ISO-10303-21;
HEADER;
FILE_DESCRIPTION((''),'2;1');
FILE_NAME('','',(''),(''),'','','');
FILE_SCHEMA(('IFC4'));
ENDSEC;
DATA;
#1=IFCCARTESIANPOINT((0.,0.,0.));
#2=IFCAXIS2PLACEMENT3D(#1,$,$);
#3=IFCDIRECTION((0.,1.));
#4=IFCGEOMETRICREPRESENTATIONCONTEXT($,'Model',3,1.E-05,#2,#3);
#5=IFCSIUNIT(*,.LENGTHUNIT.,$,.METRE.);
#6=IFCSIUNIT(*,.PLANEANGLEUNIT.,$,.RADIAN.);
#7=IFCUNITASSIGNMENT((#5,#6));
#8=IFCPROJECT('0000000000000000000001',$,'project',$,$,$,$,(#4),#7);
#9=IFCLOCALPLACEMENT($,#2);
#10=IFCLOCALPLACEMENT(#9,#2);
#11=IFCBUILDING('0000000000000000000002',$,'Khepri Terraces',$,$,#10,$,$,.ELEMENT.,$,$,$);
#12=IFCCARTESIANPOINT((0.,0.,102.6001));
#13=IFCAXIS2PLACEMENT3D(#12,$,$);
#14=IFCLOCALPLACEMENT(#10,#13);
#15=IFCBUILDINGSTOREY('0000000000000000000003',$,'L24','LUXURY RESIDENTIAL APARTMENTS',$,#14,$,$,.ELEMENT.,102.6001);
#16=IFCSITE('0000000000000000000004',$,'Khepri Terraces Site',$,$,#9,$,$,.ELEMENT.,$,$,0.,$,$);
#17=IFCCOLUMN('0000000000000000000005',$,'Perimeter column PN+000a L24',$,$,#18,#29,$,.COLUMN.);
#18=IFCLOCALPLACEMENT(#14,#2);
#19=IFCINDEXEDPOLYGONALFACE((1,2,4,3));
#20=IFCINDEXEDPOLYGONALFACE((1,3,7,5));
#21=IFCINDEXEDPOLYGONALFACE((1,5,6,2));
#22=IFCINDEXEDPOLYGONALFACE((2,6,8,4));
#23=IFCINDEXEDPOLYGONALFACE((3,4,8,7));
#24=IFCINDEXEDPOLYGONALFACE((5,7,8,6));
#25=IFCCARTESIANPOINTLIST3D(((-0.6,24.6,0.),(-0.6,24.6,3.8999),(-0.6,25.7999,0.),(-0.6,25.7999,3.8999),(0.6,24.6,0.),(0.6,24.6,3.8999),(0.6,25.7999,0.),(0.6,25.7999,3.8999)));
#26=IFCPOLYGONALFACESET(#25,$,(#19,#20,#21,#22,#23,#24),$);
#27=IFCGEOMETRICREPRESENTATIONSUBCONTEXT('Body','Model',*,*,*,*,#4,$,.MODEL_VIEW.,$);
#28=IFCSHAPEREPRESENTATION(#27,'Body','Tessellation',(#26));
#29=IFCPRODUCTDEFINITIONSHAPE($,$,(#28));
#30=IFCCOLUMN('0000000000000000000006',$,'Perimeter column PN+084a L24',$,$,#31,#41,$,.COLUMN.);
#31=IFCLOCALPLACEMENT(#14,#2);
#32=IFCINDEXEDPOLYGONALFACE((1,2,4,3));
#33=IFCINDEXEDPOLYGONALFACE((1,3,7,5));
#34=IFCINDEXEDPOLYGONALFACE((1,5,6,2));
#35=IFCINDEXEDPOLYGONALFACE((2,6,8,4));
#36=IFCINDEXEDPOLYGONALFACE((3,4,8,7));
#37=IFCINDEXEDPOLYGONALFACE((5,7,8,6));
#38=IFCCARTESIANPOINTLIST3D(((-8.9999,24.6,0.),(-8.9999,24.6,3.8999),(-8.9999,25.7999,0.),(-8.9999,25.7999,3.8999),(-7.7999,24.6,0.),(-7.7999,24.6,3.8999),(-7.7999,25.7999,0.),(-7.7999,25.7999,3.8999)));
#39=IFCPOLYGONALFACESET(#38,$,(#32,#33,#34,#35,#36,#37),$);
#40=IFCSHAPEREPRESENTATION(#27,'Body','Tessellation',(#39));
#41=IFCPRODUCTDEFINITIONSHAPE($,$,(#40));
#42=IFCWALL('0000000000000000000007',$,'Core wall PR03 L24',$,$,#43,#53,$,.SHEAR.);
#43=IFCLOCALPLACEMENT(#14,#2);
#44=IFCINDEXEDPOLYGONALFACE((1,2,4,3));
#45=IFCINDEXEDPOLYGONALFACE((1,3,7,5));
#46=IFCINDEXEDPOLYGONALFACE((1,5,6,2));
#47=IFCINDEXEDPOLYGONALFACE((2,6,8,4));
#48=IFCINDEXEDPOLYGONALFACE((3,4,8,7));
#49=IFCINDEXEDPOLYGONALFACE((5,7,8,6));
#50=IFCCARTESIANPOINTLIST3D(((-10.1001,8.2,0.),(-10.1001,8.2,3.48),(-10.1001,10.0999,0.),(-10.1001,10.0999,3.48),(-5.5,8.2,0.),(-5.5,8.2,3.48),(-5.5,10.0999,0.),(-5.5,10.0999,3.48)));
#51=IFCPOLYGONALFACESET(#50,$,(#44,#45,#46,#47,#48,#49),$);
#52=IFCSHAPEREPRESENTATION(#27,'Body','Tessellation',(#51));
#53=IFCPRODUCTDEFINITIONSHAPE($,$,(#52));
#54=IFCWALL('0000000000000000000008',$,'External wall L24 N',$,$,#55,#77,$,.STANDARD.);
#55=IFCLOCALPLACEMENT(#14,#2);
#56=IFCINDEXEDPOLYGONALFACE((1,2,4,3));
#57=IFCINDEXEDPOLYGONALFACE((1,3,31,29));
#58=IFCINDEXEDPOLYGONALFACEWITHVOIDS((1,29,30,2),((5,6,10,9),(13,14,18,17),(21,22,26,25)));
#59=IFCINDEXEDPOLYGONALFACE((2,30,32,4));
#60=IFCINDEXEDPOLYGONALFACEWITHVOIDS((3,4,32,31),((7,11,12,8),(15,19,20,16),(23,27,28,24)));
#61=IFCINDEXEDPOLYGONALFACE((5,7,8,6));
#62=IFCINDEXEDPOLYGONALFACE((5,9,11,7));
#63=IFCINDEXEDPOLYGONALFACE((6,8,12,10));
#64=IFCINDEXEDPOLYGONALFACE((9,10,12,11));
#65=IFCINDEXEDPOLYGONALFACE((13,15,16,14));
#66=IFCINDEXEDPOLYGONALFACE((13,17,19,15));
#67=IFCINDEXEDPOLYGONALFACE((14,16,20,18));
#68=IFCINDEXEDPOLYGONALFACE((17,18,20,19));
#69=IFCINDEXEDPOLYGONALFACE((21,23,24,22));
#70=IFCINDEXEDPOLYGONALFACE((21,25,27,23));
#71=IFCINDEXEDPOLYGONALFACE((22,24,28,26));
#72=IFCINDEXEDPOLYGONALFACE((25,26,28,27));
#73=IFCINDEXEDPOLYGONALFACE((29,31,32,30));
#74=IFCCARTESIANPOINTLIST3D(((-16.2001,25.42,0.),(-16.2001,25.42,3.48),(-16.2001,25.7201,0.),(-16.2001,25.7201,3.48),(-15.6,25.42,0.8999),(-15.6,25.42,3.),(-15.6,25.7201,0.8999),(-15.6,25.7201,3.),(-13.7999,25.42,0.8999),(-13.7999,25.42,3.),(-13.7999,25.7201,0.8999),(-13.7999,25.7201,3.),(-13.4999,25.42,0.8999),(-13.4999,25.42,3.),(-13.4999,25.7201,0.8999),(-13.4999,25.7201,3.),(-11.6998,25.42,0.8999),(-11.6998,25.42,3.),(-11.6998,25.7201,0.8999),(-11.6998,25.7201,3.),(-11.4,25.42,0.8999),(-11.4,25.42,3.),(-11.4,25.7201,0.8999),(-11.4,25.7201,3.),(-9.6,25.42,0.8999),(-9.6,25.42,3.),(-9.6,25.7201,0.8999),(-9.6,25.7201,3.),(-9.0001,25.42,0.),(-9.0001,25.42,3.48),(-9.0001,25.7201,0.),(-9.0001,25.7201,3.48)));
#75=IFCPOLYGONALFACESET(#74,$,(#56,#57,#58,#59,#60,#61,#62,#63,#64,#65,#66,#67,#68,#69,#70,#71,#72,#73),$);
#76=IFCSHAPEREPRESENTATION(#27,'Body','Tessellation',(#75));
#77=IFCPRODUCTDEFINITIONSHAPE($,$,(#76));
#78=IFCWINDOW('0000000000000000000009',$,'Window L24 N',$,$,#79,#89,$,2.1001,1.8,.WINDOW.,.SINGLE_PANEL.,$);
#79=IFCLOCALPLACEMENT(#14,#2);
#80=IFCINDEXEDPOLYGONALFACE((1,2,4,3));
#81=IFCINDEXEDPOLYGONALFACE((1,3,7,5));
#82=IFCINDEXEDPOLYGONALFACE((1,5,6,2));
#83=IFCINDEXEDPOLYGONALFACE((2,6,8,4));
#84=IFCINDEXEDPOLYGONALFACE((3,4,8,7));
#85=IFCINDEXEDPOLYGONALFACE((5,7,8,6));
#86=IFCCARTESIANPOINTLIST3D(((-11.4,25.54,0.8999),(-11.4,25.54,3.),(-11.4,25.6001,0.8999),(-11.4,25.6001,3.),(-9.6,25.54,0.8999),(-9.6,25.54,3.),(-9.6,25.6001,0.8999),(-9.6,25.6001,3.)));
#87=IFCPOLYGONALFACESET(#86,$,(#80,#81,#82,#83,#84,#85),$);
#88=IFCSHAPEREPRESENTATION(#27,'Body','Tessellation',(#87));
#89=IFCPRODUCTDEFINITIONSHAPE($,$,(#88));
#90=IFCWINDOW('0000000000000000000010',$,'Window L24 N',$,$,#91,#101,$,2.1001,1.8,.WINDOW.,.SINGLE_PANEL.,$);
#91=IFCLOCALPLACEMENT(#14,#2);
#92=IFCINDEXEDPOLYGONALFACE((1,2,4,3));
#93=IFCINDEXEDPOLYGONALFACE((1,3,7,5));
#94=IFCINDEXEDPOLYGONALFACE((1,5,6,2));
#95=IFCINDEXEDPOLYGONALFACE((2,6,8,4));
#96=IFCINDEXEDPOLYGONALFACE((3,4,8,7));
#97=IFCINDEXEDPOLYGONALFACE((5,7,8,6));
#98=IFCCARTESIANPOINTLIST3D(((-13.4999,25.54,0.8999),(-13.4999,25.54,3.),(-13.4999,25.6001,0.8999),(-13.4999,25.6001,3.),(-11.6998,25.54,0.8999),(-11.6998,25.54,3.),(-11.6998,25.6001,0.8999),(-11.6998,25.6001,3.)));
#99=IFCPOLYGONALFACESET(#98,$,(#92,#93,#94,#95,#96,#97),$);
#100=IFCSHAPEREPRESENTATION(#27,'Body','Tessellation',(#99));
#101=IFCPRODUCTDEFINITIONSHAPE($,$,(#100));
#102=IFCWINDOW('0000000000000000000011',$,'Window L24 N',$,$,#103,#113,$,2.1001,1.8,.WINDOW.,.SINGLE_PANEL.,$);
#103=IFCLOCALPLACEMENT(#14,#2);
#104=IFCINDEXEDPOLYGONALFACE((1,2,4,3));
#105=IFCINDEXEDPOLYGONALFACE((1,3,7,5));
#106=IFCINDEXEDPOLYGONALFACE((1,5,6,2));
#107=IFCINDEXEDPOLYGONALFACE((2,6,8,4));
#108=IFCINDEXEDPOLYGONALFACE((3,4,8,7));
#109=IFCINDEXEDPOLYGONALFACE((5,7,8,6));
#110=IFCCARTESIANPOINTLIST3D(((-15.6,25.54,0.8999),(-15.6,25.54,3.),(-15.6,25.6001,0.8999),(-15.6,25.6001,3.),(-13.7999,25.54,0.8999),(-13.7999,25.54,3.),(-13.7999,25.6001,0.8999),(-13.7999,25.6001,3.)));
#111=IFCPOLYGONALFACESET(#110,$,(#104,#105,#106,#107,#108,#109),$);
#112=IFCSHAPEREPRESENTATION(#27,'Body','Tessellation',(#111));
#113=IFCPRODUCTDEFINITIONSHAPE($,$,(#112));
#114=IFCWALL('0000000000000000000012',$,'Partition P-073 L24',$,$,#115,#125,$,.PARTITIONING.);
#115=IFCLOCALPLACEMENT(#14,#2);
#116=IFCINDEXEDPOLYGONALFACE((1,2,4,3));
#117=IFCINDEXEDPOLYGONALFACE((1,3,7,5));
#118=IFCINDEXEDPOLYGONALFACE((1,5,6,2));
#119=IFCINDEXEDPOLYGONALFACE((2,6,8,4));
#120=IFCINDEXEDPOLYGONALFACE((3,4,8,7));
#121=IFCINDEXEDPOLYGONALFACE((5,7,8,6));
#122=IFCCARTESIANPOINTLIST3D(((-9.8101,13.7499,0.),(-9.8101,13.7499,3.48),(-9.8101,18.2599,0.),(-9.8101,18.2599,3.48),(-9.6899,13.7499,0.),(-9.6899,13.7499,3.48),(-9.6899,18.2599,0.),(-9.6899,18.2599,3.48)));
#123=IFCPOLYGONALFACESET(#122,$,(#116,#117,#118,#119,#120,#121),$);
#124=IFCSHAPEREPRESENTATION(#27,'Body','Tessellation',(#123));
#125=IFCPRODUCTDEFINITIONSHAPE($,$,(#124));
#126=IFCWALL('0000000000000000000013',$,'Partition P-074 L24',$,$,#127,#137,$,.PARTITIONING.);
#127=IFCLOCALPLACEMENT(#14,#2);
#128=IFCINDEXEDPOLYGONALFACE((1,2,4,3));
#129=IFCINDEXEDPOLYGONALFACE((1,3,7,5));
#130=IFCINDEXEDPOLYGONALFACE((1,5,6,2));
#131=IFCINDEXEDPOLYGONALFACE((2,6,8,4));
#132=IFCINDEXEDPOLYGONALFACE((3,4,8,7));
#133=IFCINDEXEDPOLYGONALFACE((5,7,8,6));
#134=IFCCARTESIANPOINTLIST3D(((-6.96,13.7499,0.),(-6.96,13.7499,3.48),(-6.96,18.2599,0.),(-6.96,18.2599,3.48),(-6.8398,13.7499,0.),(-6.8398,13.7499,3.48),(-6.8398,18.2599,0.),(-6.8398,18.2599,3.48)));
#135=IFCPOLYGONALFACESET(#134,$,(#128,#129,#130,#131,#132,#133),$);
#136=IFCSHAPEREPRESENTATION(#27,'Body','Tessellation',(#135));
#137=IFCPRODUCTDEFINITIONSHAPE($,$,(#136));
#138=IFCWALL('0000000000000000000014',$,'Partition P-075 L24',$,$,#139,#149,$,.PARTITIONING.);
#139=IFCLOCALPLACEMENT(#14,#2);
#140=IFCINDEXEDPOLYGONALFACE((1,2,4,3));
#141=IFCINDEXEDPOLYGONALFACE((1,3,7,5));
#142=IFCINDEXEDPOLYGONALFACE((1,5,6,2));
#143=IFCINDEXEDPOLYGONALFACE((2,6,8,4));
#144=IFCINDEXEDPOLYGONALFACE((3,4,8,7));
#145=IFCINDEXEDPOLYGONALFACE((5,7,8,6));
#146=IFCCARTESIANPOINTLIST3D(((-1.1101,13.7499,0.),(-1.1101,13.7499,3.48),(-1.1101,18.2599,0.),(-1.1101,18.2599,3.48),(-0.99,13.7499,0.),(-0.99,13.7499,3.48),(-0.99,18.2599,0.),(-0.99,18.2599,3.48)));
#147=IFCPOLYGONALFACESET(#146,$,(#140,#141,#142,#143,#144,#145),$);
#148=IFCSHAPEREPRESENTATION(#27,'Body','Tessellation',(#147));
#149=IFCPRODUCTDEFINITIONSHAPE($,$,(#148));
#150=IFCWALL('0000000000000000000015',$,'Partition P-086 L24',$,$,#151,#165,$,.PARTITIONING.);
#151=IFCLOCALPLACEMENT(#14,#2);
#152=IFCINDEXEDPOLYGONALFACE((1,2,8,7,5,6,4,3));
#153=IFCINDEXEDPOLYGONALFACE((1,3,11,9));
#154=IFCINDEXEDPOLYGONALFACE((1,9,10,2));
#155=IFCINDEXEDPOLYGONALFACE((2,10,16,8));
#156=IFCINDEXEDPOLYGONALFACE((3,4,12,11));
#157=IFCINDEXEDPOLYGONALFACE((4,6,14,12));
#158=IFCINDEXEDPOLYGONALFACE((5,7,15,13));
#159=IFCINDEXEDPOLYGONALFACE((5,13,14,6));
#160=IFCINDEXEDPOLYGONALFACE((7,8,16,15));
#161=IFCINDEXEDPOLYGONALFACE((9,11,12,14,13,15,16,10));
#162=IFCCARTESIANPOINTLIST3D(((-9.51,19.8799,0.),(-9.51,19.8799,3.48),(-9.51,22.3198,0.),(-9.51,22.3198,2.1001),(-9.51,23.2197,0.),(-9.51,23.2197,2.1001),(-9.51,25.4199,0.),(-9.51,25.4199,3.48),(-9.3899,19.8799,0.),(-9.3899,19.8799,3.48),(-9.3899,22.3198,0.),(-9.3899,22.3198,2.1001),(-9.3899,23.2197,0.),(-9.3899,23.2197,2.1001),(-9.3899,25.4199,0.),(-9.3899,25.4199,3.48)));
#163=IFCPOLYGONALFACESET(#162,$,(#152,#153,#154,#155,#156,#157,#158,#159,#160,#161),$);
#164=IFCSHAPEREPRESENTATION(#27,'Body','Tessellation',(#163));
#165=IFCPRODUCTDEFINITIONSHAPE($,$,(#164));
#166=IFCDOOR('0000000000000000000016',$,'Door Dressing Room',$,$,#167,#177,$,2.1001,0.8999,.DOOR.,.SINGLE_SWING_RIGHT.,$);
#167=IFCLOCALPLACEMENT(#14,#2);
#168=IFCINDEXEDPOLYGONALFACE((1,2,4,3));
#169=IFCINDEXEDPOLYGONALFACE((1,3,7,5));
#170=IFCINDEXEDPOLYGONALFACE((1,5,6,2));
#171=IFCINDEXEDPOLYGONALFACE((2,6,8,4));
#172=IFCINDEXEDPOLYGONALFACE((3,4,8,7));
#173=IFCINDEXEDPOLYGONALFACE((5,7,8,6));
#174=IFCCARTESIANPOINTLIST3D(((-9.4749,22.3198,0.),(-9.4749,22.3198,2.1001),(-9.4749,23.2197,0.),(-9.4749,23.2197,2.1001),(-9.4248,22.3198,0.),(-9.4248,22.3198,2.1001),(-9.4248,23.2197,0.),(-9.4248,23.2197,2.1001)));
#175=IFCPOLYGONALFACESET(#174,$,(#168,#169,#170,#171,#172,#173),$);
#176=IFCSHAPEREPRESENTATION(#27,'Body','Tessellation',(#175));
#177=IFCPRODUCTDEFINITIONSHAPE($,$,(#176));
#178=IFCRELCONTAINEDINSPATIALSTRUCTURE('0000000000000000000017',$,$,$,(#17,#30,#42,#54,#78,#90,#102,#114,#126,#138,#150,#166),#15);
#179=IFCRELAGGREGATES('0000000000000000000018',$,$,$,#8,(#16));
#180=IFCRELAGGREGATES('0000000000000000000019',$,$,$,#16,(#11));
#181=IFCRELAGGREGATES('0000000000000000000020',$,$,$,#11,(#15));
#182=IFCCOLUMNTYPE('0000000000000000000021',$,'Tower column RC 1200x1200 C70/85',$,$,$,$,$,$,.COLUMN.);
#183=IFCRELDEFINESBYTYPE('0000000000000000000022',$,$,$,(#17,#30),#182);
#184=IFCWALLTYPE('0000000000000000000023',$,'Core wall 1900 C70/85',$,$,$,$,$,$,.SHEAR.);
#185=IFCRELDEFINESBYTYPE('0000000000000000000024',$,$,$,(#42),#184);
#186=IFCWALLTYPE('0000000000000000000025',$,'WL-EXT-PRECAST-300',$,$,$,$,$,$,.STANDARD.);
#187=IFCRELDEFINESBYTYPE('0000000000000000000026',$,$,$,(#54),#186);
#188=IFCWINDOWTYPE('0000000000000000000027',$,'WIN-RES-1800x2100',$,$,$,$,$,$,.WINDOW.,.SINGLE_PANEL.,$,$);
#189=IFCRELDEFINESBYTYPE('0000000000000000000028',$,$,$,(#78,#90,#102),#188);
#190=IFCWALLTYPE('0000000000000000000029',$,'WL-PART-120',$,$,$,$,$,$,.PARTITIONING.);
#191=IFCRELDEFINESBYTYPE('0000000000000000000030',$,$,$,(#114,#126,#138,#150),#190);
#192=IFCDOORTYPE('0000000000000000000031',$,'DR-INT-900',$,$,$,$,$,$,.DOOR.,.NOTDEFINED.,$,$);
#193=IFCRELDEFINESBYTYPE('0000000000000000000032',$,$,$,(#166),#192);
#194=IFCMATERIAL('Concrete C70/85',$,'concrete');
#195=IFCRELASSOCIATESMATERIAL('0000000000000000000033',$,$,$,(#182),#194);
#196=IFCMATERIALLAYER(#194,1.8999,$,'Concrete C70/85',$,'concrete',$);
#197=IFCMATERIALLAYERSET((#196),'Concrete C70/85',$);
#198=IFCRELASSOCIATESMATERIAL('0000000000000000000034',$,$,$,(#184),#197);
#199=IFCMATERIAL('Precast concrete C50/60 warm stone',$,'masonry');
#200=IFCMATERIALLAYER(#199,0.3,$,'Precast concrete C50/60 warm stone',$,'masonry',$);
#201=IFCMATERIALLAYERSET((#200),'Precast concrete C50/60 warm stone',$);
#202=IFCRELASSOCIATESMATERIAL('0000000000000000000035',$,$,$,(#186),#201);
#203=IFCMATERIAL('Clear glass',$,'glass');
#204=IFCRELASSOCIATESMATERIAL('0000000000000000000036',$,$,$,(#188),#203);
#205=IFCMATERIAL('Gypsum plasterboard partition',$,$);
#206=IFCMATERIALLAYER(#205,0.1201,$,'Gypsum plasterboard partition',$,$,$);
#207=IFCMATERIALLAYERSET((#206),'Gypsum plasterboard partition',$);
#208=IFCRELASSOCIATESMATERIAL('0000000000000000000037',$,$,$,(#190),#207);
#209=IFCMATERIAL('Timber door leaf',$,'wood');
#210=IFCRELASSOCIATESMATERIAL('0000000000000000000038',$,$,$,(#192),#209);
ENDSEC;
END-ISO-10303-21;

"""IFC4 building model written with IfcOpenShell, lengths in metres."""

from ifc_helpers import new_model, si_unit, direction, frame, frame_2d, origin, origin_2d, place, context, subcontext, project, spatial, rectangle, extrude, material, layer, layer_set, material_profile, profile_set, type_object, element, fill, save


model = new_model("IFC4")

# Units and contexts
model_context = context("Model", 3, precision=1e-05, world=origin(), true_north=direction((0.0, 1.0)))
body_context = subcontext(model_context, "Body", "Model", "MODEL_VIEW")
ifc_project = project(units=[si_unit("LENGTHUNIT", "METRE"), si_unit("PLANEANGLEUNIT", "RADIAN")], contexts=[model_context])

# Site, building, storey
site_placement = place(None, origin())
site = spatial("IfcSite", under=ifc_project, at=site_placement, Name="Khepri Terraces Site", CompositionType="ELEMENT", RefElevation=0.0)
building_placement = place(site_placement, origin())
building = spatial("IfcBuilding", under=site, at=building_placement, Name="Khepri Terraces", CompositionType="ELEMENT")
storey_placement = place(building_placement, frame((0.0, 0.0, 102.6001)))
storey = spatial("IfcBuildingStorey", under=building, at=storey_placement, Name="L24", Description="LUXURY RESIDENTIAL APARTMENTS", CompositionType="ELEMENT", Elevation=102.6001)

# Columns
ifc_material_1 = material(Name="Concrete C70/85", Category="concrete")
ifc_material_profile = material_profile(ifc_material_1, rectangle(XDim=1.2, YDim=1.2, at=origin_2d()), Name="Concrete C70/85", Category="concrete")
ifc_profile_set = profile_set([ifc_material_profile], Name="Concrete C70/85")
column_type = type_object("IfcColumnType", Name="Tower column RC 1200x1200 C70/85", PredefinedType="COLUMN", material=ifc_profile_set)
for number, where, z_axis, x_axis, name in (
    (1, (0.0, 25.2, 0.0), (0.0, 0.0, 1.0), (1.0, 0.0, 0.0), "Perimeter column PN+000a L24"),
    (2, (-8.3999, 25.2, 0.0), (0.0, 0.0, 1.0), (1.0, 0.0, 0.0), "Perimeter column PN+084a L24"),
):
    element("IfcColumn", number, at=place(storey_placement, frame(where, z_axis=z_axis, x_axis=x_axis)), inside=storey, type_object=column_type, Name=name, PredefinedType="COLUMN", context=body_context, shape_type="SweptSolid", body=[
        extrude(rectangle(XDim=1.2, YDim=1.2, at=origin_2d()), origin(), (0.0, 0.0, 1.0), 3.8999),
    ])

# Wall
ifc_layer_1 = layer(ifc_material_1, 1.8999, Name="Concrete C70/85", Category="concrete")
ifc_layer_set_1 = layer_set([ifc_layer_1], Name="Concrete C70/85")
wall_type_1 = type_object("IfcWallType", Name="Core wall 1900 C70/85", PredefinedType="SHEAR", material=ifc_layer_set_1)
wall_1_placement = place(storey_placement, frame((-10.1001, 9.1499, 0.0), z_axis=(0.0, 0.0, 1.0), x_axis=(1.0, 0.0, 0.0)))
element("IfcWall", 3, at=wall_1_placement, inside=storey, type_object=wall_type_1, Name="Core wall PR03 L24", PredefinedType="SHEAR", context=body_context, shape_type="SweptSolid", body=[
    extrude(rectangle(XDim=4.6001, YDim=1.8999, at=frame_2d((2.3, 0.0))), origin(), (0.0, 0.0, 1.0), 3.48),
])

# Shared definitions
ifc_material_2 = material(Name="Precast concrete C50/60 warm stone", Category="masonry")
ifc_layer_2 = layer(ifc_material_2, 0.3, Name="Precast concrete C50/60 warm stone", Category="masonry")
ifc_layer_set_2 = layer_set([ifc_layer_2], Name="Precast concrete C50/60 warm stone")
wall_type_2 = type_object("IfcWallType", Name="WL-EXT-PRECAST-300", PredefinedType="STANDARD", material=ifc_layer_set_2)
ifc_material_3 = material(Name="Clear glass", Category="glass")
window_type = type_object("IfcWindowType", Name="WIN-RES-1800x2100", PartitioningType="SINGLE_PANEL", PredefinedType="WINDOW", material=ifc_material_3)

# Wall, openings, windows
wall_2_placement = place(storey_placement, frame((-9.0, 25.5701, 0.0), z_axis=(0.0, 0.0, 1.0), x_axis=(-1.0, 0.0, 0.0)))
wall_2 = element("IfcWall", 4, at=wall_2_placement, inside=storey, type_object=wall_type_2, Name="External wall L24 N", PredefinedType="STANDARD", context=body_context, shape_type="SweptSolid", body=[
    extrude(rectangle(XDim=7.2, YDim=0.3, at=frame_2d((3.6001, 0.0))), origin(), (0.0, 0.0, 1.0), 3.48),
])
opening_1_placement = place(wall_2_placement, frame((0.6001, 0.0, 0.8999)))
opening_1 = element("IfcOpeningElement", 5, at=opening_1_placement, cuts=wall_2, PredefinedType="OPENING", context=body_context, shape_type="SweptSolid", body=[
    extrude(rectangle(XDim=1.8, YDim=2.1001, at=frame_2d((0.8999, 1.05))), frame((0.0, 0.1602, 0.0), z_axis=(0.0, -1.0, 0.0), x_axis=(1.0, 0.0, 0.0)), (0.0, 0.0, 1.0), 0.3201),
])
opening_2_placement = place(wall_2_placement, frame((2.7, 0.0, 0.8999)))
opening_2 = element("IfcOpeningElement", 6, at=opening_2_placement, cuts=wall_2, PredefinedType="OPENING", context=body_context, shape_type="SweptSolid", body=[
    extrude(rectangle(XDim=1.8, YDim=2.1001, at=frame_2d((0.8999, 1.05))), frame((0.0, 0.1602, 0.0), z_axis=(0.0, -1.0, 0.0), x_axis=(1.0, 0.0, 0.0)), (0.0, 0.0, 1.0), 0.3201),
])
opening_3_placement = place(wall_2_placement, frame((4.8, 0.0, 0.8999)))
opening_3 = element("IfcOpeningElement", 7, at=opening_3_placement, cuts=wall_2, PredefinedType="OPENING", context=body_context, shape_type="SweptSolid", body=[
    extrude(rectangle(XDim=1.8, YDim=2.1001, at=frame_2d((0.8999, 1.05))), frame((0.0, 0.1602, 0.0), z_axis=(0.0, -1.0, 0.0), x_axis=(1.0, 0.0, 0.0)), (0.0, 0.0, 1.0), 0.3201),
])
window_1_placement = place(opening_1_placement, origin())
window_1 = element("IfcWindow", 8, at=window_1_placement, inside=storey, type_object=window_type, Name="Window L24 N", OverallHeight=2.1001, OverallWidth=1.8, PartitioningType="SINGLE_PANEL", PredefinedType="WINDOW", context=body_context, shape_type="SweptSolid", body=[
    extrude(rectangle(XDim=1.8, YDim=2.1001, at=frame_2d((0.8999, 1.05))), frame((0.0, 0.03, 0.0), z_axis=(0.0, -1.0, 0.0), x_axis=(1.0, 0.0, 0.0)), (0.0, 0.0, 1.0), 0.0601),
])
fill(opening_1, window_1)
window_2_placement = place(opening_2_placement, origin())
window_2 = element("IfcWindow", 9, at=window_2_placement, inside=storey, type_object=window_type, Name="Window L24 N", OverallHeight=2.1001, OverallWidth=1.8, PartitioningType="SINGLE_PANEL", PredefinedType="WINDOW", context=body_context, shape_type="SweptSolid", body=[
    extrude(rectangle(XDim=1.8, YDim=2.1001, at=frame_2d((0.8999, 1.05))), frame((0.0, 0.03, 0.0), z_axis=(0.0, -1.0, 0.0), x_axis=(1.0, 0.0, 0.0)), (0.0, 0.0, 1.0), 0.0601),
])
fill(opening_2, window_2)
window_3_placement = place(opening_3_placement, origin())
window_3 = element("IfcWindow", 10, at=window_3_placement, inside=storey, type_object=window_type, Name="Window L24 N", OverallHeight=2.1001, OverallWidth=1.8, PartitioningType="SINGLE_PANEL", PredefinedType="WINDOW", context=body_context, shape_type="SweptSolid", body=[
    extrude(rectangle(XDim=1.8, YDim=2.1001, at=frame_2d((0.8999, 1.05))), frame((0.0, 0.03, 0.0), z_axis=(0.0, -1.0, 0.0), x_axis=(1.0, 0.0, 0.0)), (0.0, 0.0, 1.0), 0.0601),
])
fill(opening_3, window_3)

# Walls
ifc_material_4 = material(Name="Gypsum plasterboard partition")
ifc_layer_3 = layer(ifc_material_4, 0.1201, Name="Gypsum plasterboard partition")
ifc_layer_set_3 = layer_set([ifc_layer_3], Name="Gypsum plasterboard partition")
wall_type_3 = type_object("IfcWallType", Name="WL-PART-120", PredefinedType="PARTITIONING", material=ifc_layer_set_3)
for number, where, z_axis, x_axis, name in (
    (11, (-9.75, 13.75, 0.0), (0.0, 0.0, 1.0), (0.0, 1.0, 0.0), "Partition P-073 L24"),
    (12, (-6.8999, 13.75, 0.0), (0.0, 0.0, 1.0), (0.0, 1.0, 0.0), "Partition P-074 L24"),
    (13, (-1.05, 13.75, 0.0), (0.0, 0.0, 1.0), (0.0, 1.0, 0.0), "Partition P-075 L24"),
):
    element("IfcWall", number, at=place(storey_placement, frame(where, z_axis=z_axis, x_axis=x_axis)), inside=storey, type_object=wall_type_3, Name=name, PredefinedType="PARTITIONING", context=body_context, shape_type="SweptSolid", body=[
        extrude(rectangle(XDim=4.51, YDim=0.1201, at=frame_2d((2.2549, 0.0))), origin(), (0.0, 0.0, 1.0), 3.48),
    ])

# Wall, opening, door
wall_3_placement = place(storey_placement, frame((-9.45, 19.8799, 0.0), z_axis=(0.0, 0.0, 1.0), x_axis=(0.0, 1.0, 0.0)))
wall_3 = element("IfcWall", 14, at=wall_3_placement, inside=storey, type_object=wall_type_3, Name="Partition P-086 L24", PredefinedType="PARTITIONING", context=body_context, shape_type="SweptSolid", body=[
    extrude(rectangle(XDim=5.54, YDim=0.1201, at=frame_2d((2.77, 0.0))), origin(), (0.0, 0.0, 1.0), 3.48),
])
opening_4_placement = place(wall_3_placement, frame((2.4399, 0.0, 0.0)))
opening_4 = element("IfcOpeningElement", 15, at=opening_4_placement, cuts=wall_3, PredefinedType="OPENING", context=body_context, shape_type="SweptSolid", body=[
    extrude(rectangle(XDim=0.8999, YDim=2.1001, at=frame_2d((0.45, 1.05))), frame((0.0, 0.0701, 0.0), z_axis=(0.0, -1.0, 0.0), x_axis=(1.0, 0.0, 0.0)), (0.0, 0.0, 1.0), 0.1401),
])
ifc_material_5 = material(Name="Timber door leaf", Category="wood")
door_type_1 = type_object("IfcDoorType", Name="DR-INT-900", OperationType="NOTDEFINED", PredefinedType="DOOR", material=ifc_material_5)
door_1_placement = place(opening_4_placement, origin())
door_1 = element("IfcDoor", 16, at=door_1_placement, inside=storey, type_object=door_type_1, Name="Door Dressing Room", OperationType="SINGLE_SWING_RIGHT", OverallHeight=2.1001, OverallWidth=0.8999, PredefinedType="DOOR", context=body_context, shape_type="SweptSolid", body=[
    extrude(rectangle(XDim=0.8999, YDim=2.1001, at=frame_2d((0.45, 1.05))), frame((0.0, 0.0249, 0.0), z_axis=(0.0, -1.0, 0.0), x_axis=(1.0, 0.0, 0.0)), (0.0, 0.0, 1.0), 0.05),
])
fill(opening_4, door_1)

save(model, "model.ifc")
